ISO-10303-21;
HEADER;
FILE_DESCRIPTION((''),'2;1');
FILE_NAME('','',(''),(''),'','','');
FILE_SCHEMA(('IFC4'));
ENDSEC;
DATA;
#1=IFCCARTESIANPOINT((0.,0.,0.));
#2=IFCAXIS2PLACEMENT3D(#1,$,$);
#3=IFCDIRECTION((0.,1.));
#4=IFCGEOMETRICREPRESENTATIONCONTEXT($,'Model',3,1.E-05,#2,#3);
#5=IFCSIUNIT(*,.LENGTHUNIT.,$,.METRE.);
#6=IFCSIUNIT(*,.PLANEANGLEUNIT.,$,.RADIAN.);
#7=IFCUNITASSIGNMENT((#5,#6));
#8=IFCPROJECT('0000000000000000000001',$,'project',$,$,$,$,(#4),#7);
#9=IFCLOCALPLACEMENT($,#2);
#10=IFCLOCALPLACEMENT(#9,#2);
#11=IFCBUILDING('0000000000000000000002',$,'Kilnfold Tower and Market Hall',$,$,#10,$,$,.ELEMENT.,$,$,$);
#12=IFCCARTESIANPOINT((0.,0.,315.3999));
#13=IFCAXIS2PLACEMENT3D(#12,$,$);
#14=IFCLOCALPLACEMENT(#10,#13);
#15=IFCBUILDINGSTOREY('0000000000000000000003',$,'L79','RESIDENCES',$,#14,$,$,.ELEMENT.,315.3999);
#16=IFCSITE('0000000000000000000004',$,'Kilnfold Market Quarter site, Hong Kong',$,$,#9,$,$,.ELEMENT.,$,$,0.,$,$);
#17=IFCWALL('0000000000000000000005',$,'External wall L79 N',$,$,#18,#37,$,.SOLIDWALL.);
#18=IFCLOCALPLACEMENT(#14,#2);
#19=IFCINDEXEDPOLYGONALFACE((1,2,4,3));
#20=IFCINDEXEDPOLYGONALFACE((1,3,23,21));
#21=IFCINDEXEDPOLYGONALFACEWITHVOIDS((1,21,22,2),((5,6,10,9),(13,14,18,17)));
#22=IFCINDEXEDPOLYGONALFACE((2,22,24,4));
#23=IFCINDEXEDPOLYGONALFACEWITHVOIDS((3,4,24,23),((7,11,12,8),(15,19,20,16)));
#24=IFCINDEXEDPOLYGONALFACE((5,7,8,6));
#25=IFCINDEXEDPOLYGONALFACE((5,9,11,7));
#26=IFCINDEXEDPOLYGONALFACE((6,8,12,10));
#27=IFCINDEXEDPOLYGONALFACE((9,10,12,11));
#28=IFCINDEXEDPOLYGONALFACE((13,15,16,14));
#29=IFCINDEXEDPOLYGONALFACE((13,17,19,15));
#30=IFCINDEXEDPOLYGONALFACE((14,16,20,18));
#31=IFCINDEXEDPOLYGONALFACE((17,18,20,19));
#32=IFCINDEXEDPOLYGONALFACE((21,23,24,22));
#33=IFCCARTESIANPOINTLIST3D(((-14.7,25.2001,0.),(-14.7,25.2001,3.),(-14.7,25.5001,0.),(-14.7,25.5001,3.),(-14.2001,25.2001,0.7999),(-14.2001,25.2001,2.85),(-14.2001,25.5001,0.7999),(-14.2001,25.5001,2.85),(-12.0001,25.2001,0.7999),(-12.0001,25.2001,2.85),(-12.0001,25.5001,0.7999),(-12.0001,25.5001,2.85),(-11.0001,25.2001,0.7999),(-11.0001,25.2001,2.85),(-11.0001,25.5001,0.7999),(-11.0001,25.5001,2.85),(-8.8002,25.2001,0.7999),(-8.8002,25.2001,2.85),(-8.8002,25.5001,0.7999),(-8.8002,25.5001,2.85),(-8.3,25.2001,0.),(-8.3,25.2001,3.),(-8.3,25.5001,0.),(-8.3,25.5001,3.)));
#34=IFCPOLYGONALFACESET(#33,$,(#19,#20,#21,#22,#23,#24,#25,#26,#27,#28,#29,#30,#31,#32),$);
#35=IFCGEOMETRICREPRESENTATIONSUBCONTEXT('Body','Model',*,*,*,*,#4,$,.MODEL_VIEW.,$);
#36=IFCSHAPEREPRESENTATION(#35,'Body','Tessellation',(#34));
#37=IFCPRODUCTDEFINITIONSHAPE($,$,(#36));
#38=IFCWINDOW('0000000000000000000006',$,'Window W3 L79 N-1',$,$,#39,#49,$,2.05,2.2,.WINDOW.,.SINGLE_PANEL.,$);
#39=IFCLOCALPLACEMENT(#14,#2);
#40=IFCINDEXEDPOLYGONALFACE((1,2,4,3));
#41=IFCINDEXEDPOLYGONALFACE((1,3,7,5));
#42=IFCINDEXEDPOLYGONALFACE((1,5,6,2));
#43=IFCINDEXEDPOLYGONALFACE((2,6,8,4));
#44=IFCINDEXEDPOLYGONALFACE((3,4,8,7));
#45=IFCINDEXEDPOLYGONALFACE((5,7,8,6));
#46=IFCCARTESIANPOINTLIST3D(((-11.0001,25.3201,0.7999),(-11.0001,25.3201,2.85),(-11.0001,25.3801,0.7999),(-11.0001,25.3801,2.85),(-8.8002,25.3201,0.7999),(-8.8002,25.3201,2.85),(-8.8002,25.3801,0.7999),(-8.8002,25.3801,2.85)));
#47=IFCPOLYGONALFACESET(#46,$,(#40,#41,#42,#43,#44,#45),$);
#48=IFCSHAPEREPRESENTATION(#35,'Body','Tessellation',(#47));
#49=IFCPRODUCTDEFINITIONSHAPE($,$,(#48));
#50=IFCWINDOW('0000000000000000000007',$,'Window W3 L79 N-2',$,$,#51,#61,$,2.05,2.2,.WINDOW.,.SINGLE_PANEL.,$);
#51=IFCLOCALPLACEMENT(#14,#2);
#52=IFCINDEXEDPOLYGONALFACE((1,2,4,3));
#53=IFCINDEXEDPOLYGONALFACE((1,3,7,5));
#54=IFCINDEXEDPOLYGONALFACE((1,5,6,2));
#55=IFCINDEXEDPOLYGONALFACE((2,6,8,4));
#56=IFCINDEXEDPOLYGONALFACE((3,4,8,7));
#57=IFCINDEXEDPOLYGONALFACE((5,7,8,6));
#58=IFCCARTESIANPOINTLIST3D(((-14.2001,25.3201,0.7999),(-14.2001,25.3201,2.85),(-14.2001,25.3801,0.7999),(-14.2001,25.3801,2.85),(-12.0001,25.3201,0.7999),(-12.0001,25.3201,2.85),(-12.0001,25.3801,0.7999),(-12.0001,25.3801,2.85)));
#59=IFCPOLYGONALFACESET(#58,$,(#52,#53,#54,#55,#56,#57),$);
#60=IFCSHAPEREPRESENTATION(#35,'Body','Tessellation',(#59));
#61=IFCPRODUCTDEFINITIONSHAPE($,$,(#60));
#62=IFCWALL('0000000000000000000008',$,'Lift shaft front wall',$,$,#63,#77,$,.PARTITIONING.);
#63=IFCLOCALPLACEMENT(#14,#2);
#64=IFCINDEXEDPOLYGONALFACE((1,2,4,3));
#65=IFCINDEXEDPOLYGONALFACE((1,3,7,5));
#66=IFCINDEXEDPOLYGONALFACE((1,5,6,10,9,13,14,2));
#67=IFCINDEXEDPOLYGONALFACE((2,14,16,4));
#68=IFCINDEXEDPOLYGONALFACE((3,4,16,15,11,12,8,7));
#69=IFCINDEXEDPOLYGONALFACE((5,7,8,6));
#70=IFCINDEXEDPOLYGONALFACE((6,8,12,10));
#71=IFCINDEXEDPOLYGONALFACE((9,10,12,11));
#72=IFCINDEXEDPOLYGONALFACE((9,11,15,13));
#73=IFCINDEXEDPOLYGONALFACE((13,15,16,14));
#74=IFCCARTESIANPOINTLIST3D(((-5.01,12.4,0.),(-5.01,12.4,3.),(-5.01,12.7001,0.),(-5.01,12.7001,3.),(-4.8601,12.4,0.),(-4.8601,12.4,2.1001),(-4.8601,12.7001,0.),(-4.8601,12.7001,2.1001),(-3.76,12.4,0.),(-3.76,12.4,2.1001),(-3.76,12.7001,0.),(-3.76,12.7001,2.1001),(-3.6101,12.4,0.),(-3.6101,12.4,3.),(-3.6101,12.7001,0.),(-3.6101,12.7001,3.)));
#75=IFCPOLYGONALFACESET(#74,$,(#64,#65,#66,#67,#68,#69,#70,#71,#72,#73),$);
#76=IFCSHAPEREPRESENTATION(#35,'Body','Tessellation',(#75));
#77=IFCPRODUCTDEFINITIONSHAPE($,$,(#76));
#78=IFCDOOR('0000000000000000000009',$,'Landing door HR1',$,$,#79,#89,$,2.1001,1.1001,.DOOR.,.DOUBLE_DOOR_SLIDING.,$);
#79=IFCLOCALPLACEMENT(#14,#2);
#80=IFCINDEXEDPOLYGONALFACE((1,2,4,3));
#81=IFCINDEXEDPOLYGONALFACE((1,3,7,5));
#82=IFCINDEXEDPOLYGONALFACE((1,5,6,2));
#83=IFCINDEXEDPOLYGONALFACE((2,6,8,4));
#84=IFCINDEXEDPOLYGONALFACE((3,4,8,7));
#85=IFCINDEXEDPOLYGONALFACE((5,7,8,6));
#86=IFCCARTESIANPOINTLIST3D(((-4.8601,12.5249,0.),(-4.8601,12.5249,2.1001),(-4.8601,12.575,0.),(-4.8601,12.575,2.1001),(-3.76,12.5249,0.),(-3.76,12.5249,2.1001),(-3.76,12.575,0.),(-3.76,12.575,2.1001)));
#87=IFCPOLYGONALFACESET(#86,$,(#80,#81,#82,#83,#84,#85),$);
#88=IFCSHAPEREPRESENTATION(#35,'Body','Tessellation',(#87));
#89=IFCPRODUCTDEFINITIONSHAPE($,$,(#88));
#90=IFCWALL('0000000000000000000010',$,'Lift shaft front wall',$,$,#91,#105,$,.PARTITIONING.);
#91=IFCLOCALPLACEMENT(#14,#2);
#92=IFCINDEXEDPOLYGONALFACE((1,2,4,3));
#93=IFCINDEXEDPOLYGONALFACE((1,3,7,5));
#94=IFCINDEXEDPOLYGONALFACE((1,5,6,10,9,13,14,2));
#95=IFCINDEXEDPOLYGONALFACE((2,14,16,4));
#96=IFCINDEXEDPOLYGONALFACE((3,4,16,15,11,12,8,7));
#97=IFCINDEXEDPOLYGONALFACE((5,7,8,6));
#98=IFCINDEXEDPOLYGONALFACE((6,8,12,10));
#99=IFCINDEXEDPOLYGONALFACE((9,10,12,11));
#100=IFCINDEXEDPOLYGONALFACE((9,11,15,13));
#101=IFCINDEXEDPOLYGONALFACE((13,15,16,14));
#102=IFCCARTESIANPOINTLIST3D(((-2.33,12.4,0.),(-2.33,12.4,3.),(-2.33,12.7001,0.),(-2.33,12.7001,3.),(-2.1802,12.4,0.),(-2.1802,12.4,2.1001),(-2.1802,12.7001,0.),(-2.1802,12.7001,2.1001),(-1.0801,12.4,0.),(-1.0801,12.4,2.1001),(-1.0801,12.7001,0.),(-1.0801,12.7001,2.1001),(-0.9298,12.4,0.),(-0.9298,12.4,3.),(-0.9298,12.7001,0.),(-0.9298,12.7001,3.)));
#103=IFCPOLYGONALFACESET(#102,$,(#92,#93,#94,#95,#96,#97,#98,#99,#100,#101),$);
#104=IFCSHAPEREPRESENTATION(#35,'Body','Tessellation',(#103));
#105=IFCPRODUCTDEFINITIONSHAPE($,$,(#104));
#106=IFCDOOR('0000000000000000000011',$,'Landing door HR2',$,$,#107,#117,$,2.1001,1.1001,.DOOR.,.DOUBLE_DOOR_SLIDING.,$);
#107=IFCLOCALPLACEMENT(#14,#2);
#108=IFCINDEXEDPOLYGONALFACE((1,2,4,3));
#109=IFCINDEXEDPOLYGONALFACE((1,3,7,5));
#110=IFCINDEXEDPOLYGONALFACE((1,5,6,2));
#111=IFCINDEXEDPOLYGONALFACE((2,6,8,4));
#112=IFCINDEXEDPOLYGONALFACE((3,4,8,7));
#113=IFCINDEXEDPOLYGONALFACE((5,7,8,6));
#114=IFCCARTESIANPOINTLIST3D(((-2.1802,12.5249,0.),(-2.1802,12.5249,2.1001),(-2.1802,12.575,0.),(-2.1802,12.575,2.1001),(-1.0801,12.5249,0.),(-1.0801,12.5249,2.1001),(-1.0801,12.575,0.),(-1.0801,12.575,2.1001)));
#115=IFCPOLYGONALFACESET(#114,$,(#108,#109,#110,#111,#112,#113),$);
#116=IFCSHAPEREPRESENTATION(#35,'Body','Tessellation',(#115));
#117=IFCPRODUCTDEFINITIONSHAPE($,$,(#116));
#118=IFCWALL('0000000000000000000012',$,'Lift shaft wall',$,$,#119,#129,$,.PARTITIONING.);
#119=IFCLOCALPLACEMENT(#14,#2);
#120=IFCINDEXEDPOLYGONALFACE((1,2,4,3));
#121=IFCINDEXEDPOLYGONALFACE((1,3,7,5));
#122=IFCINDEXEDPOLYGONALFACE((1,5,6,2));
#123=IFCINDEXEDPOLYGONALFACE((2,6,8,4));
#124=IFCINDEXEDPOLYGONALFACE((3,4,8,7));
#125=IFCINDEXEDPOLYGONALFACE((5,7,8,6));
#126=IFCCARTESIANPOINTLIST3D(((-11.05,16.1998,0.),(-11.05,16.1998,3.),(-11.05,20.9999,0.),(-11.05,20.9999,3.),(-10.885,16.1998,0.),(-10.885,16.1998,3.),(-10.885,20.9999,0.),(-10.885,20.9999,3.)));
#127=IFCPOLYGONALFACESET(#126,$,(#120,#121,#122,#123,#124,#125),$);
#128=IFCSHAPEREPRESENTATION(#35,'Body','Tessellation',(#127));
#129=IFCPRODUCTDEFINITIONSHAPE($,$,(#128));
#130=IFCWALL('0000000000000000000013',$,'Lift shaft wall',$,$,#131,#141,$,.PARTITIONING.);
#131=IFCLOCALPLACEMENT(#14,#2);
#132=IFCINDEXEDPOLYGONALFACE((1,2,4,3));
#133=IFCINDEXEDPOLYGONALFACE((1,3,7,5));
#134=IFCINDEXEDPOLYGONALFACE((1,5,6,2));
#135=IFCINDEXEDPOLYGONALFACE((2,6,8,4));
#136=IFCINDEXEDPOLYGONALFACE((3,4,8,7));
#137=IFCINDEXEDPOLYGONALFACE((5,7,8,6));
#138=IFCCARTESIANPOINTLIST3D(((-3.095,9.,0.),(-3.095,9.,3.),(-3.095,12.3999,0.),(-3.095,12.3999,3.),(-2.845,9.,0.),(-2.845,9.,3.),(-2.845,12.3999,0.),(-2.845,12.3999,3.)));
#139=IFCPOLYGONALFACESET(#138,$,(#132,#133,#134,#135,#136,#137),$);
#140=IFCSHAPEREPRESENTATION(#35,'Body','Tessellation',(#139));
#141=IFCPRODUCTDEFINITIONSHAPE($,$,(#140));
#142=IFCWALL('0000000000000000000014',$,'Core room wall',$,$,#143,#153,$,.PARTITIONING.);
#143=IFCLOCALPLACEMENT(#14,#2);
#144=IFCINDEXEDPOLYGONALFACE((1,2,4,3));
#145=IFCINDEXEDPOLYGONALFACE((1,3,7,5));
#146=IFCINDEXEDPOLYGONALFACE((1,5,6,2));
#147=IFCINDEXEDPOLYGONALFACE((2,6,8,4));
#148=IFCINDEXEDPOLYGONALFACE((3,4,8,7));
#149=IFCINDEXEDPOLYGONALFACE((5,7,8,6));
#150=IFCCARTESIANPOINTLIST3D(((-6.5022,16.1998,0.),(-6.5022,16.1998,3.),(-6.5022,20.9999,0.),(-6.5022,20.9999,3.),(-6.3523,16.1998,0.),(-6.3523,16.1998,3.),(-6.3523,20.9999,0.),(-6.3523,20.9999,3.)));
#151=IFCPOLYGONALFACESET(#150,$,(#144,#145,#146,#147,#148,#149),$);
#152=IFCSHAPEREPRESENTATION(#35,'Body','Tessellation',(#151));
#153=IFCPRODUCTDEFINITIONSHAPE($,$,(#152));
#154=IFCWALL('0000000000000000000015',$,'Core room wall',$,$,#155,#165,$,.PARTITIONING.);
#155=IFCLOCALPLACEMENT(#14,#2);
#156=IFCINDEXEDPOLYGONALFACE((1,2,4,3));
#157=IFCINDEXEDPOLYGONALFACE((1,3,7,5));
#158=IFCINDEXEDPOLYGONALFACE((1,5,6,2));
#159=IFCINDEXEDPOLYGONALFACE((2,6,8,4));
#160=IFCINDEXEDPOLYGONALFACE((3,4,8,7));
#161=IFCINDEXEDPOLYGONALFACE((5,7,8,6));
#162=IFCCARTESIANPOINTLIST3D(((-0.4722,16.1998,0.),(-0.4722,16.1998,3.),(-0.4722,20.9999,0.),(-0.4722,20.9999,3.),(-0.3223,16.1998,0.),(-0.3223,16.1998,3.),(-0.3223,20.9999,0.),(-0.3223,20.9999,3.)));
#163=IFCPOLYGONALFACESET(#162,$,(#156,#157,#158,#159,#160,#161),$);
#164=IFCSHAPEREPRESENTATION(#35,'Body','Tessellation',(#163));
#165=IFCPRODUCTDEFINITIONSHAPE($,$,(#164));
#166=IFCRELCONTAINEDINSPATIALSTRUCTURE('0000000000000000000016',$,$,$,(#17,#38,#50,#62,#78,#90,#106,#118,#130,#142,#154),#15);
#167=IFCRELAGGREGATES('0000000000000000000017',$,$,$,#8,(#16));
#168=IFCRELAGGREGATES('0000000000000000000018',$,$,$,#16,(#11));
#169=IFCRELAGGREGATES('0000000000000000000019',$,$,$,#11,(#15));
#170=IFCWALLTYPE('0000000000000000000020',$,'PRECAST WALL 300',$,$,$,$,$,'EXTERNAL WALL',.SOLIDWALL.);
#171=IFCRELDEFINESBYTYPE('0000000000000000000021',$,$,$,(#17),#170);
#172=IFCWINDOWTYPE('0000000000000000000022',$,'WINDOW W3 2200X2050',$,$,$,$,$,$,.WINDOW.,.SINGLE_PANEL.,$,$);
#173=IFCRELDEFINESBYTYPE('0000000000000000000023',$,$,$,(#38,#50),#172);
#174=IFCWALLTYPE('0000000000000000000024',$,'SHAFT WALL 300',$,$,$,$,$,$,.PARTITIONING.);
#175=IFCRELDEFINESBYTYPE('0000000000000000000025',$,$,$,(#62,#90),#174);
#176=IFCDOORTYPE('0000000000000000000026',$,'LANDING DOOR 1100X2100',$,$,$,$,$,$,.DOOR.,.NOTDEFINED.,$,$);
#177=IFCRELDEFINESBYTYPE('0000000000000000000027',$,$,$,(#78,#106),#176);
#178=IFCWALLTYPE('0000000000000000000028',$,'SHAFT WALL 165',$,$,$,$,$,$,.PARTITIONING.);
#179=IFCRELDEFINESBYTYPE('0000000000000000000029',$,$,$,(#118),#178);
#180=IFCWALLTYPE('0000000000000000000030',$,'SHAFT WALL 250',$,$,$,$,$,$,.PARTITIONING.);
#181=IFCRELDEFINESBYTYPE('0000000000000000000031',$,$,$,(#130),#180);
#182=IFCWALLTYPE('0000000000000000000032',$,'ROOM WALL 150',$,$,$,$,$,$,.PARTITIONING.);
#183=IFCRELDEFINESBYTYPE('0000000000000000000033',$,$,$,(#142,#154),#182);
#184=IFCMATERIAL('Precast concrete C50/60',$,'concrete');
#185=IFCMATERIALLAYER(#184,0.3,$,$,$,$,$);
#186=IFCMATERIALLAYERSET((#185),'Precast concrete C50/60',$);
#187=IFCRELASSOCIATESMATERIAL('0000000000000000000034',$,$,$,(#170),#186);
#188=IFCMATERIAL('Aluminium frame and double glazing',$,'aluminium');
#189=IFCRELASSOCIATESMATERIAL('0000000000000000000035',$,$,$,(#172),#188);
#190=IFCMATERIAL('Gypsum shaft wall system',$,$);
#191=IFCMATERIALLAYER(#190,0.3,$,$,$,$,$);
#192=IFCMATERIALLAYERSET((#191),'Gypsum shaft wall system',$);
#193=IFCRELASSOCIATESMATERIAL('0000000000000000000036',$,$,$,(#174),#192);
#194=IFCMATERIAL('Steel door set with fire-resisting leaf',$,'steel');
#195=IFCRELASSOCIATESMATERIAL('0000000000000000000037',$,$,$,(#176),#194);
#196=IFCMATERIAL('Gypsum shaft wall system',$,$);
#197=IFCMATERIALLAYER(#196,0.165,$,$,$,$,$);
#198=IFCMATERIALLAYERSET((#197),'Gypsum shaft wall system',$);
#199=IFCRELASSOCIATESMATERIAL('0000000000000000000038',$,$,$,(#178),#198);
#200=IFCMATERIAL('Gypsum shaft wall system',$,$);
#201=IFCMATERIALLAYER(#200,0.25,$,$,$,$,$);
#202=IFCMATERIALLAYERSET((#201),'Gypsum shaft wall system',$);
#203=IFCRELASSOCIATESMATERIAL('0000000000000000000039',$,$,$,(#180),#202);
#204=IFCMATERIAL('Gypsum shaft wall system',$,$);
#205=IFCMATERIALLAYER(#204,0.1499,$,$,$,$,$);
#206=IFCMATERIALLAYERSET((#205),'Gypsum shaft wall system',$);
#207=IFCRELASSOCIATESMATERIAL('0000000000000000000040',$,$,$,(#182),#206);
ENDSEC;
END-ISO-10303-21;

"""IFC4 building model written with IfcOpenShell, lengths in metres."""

from ifc_helpers import new_model, si_unit, direction, frame, frame_2d, origin, place, context, subcontext, project, spatial, rectangle, extrude, source, transform, mapped, material, layer, layer_set, type_object, element, fill, save


model = new_model("IFC4")

# Units and contexts
model_context = context("Model", 3, precision=1e-05, world=origin(), true_north=direction((0.0, 1.0)))
body_context = subcontext(model_context, "Body", "Model", "MODEL_VIEW")
ifc_project = project(units=[si_unit("LENGTHUNIT", "METRE"), si_unit("PLANEANGLEUNIT", "RADIAN")], contexts=[model_context])

# Site, building, storey
site_placement = place(None, origin())
site = spatial("IfcSite", under=ifc_project, at=site_placement, Name="Kilnfold Market Quarter site, Hong Kong", CompositionType="ELEMENT", RefElevation=0.0)
building_placement = place(site_placement, origin())
building = spatial("IfcBuilding", under=site, at=building_placement, Name="Kilnfold Tower and Market Hall", CompositionType="ELEMENT")
storey_placement = place(building_placement, frame((0.0, 0.0, 315.3999)))
storey = spatial("IfcBuildingStorey", under=building, at=storey_placement, Name="L79", Description="RESIDENCES", CompositionType="ELEMENT", Elevation=315.3999)

# Wall, openings, windows
ifc_material_1 = material(Name="Precast concrete C50/60", Category="concrete")
ifc_layer_1 = layer(ifc_material_1, 0.3)
ifc_layer_set_1 = layer_set([ifc_layer_1], Name="Precast concrete C50/60")
wall_type_1 = type_object("IfcWallType", Name="PRECAST WALL 300", ElementType="EXTERNAL WALL", PredefinedType="SOLIDWALL", material=ifc_layer_set_1)
shared_shape_1 = source(origin(), body_context, "Body", "SweptSolid", [
    extrude(rectangle(XDim=6.3999, YDim=0.3, at=frame_2d((3.2, 0.0))), origin(), (0.0, 0.0, 1.0), 3.0),
])
ifc_material_2 = material(Name="Aluminium frame and double glazing", Category="aluminium")
window_type = type_object("IfcWindowType", Name="WINDOW W3 2200X2050", PartitioningType="SINGLE_PANEL", PredefinedType="WINDOW", material=ifc_material_2)
wall_1_placement = place(storey_placement, frame((-8.3, 25.3501, 0.0), z_axis=(0.0, 0.0, 1.0), x_axis=(-1.0, 0.0, 0.0)))
wall_1 = element("IfcWall", 1, at=wall_1_placement, inside=storey, type_object=wall_type_1, Name="External wall L79 N", PredefinedType="SOLIDWALL", context=body_context, shape_type="MappedRepresentation", body=[
    mapped(shared_shape_1, transform((0.0, 0.0, 0.0))),
])
opening_1_placement = place(wall_1_placement, frame((0.5, 0.0, 0.8)))
opening_1 = element("IfcOpeningElement", 2, at=opening_1_placement, cuts=wall_1, PredefinedType="OPENING", context=body_context, shape_type="SweptSolid", body=[
    extrude(rectangle(XDim=2.2, YDim=2.05, at=frame_2d((1.1001, 1.0249))), frame((0.0, 0.1602, 0.0), z_axis=(0.0, -1.0, 0.0), x_axis=(1.0, 0.0, 0.0)), (0.0, 0.0, 1.0), 0.3201),
])
opening_2_placement = place(wall_1_placement, frame((3.7, 0.0, 0.8)))
opening_2 = element("IfcOpeningElement", 3, at=opening_2_placement, cuts=wall_1, PredefinedType="OPENING", context=body_context, shape_type="SweptSolid", body=[
    extrude(rectangle(XDim=2.2, YDim=2.05, at=frame_2d((1.1001, 1.0249))), frame((0.0, 0.1602, 0.0), z_axis=(0.0, -1.0, 0.0), x_axis=(1.0, 0.0, 0.0)), (0.0, 0.0, 1.0), 0.3201),
])
window_1_placement = place(opening_1_placement, origin())
window_1 = element("IfcWindow", 4, at=window_1_placement, inside=storey, type_object=window_type, Name="Window W3 L79 N-1", OverallHeight=2.05, OverallWidth=2.2, PartitioningType="SINGLE_PANEL", PredefinedType="WINDOW", context=body_context, shape_type="SweptSolid", body=[
    extrude(rectangle(XDim=2.2, YDim=2.05, at=frame_2d((1.1001, 1.0249))), frame((0.0, 0.03, 0.0), z_axis=(0.0, -1.0, 0.0), x_axis=(1.0, 0.0, 0.0)), (0.0, 0.0, 1.0), 0.0601),
])
fill(opening_1, window_1)
window_2_placement = place(opening_2_placement, origin())
window_2 = element("IfcWindow", 5, at=window_2_placement, inside=storey, type_object=window_type, Name="Window W3 L79 N-2", OverallHeight=2.05, OverallWidth=2.2, PartitioningType="SINGLE_PANEL", PredefinedType="WINDOW", context=body_context, shape_type="SweptSolid", body=[
    extrude(rectangle(XDim=2.2, YDim=2.05, at=frame_2d((1.1001, 1.0249))), frame((0.0, 0.03, 0.0), z_axis=(0.0, -1.0, 0.0), x_axis=(1.0, 0.0, 0.0)), (0.0, 0.0, 1.0), 0.0601),
])
fill(opening_2, window_2)

# Walls, openings, doors
ifc_material_3 = material(Name="Gypsum shaft wall system")
ifc_layer_2 = layer(ifc_material_3, 0.3)
ifc_layer_set_2 = layer_set([ifc_layer_2], Name="Gypsum shaft wall system")
wall_type_2 = type_object("IfcWallType", Name="SHAFT WALL 300", PredefinedType="PARTITIONING", material=ifc_layer_set_2)
shared_shape_2 = source(origin(), body_context, "Body", "SweptSolid", [
    extrude(rectangle(XDim=1.3999, YDim=0.3, at=frame_2d((0.7, 0.0))), origin(), (0.0, 0.0, 1.0), 3.0),
])
wall_2_placement = place(storey_placement, frame((-5.01, 12.55, 0.0), z_axis=(0.0, 0.0, 1.0), x_axis=(1.0, 0.0, 0.0)))
wall_2 = element("IfcWall", 6, at=wall_2_placement, inside=storey, type_object=wall_type_2, Name="Lift shaft front wall", PredefinedType="PARTITIONING", context=body_context, shape_type="MappedRepresentation", body=[
    mapped(shared_shape_2, transform((0.0, 0.0, 0.0))),
])
opening_3_placement = place(wall_2_placement, frame((0.1499, 0.0, 0.0)))
opening_3 = element("IfcOpeningElement", 7, at=opening_3_placement, cuts=wall_2, PredefinedType="OPENING", context=body_context, shape_type="SweptSolid", body=[
    extrude(rectangle(XDim=1.1001, YDim=2.1001, at=frame_2d((0.55, 1.05))), frame((0.0, 0.1602, 0.0), z_axis=(0.0, -1.0, 0.0), x_axis=(1.0, 0.0, 0.0)), (0.0, 0.0, 1.0), 0.3201),
])
ifc_material_4 = material(Name="Steel door set with fire-resisting leaf", Category="steel")
door_type = type_object("IfcDoorType", Name="LANDING DOOR 1100X2100", OperationType="NOTDEFINED", PredefinedType="DOOR", material=ifc_material_4)
door_1_placement = place(opening_3_placement, origin())
door_1 = element("IfcDoor", 8, at=door_1_placement, inside=storey, type_object=door_type, Name="Landing door HR1", OperationType="DOUBLE_DOOR_SLIDING", OverallHeight=2.1001, OverallWidth=1.1001, PredefinedType="DOOR", context=body_context, shape_type="SweptSolid", body=[
    extrude(rectangle(XDim=1.1001, YDim=2.1001, at=frame_2d((0.55, 1.05))), frame((0.0, 0.0249, 0.0), z_axis=(0.0, -1.0, 0.0), x_axis=(1.0, 0.0, 0.0)), (0.0, 0.0, 1.0), 0.05),
])
fill(opening_3, door_1)
shared_shape_3 = source(origin(), body_context, "Body", "SweptSolid", [
    extrude(rectangle(XDim=1.4001, YDim=0.3, at=frame_2d((0.7002, 0.0))), origin(), (0.0, 0.0, 1.0), 3.0),
])
wall_3_placement = place(storey_placement, frame((-2.3301, 12.55, 0.0), z_axis=(0.0, 0.0, 1.0), x_axis=(1.0, 0.0, 0.0)))
wall_3 = element("IfcWall", 9, at=wall_3_placement, inside=storey, type_object=wall_type_2, Name="Lift shaft front wall", PredefinedType="PARTITIONING", context=body_context, shape_type="MappedRepresentation", body=[
    mapped(shared_shape_3, transform((0.0, 0.0, 0.0))),
])
opening_4_placement = place(wall_3_placement, frame((0.1499, 0.0, 0.0)))
opening_4 = element("IfcOpeningElement", 10, at=opening_4_placement, cuts=wall_3, PredefinedType="OPENING", context=body_context, shape_type="SweptSolid", body=[
    extrude(rectangle(XDim=1.1001, YDim=2.1001, at=frame_2d((0.55, 1.05))), frame((0.0, 0.1602, 0.0), z_axis=(0.0, -1.0, 0.0), x_axis=(1.0, 0.0, 0.0)), (0.0, 0.0, 1.0), 0.3201),
])
door_2_placement = place(opening_4_placement, origin())
door_2 = element("IfcDoor", 11, at=door_2_placement, inside=storey, type_object=door_type, Name="Landing door HR2", OperationType="DOUBLE_DOOR_SLIDING", OverallHeight=2.1001, OverallWidth=1.1001, PredefinedType="DOOR", context=body_context, shape_type="SweptSolid", body=[
    extrude(rectangle(XDim=1.1001, YDim=2.1001, at=frame_2d((0.55, 1.05))), frame((0.0, 0.0249, 0.0), z_axis=(0.0, -1.0, 0.0), x_axis=(1.0, 0.0, 0.0)), (0.0, 0.0, 1.0), 0.05),
])
fill(opening_4, door_2)

# Walls
ifc_material_5 = material(Name="Gypsum shaft wall system")
ifc_layer_3 = layer(ifc_material_5, 0.165)
ifc_layer_set_3 = layer_set([ifc_layer_3], Name="Gypsum shaft wall system")
wall_type_3 = type_object("IfcWallType", Name="SHAFT WALL 165", PredefinedType="PARTITIONING", material=ifc_layer_set_3)
shared_shape_4 = source(origin(), body_context, "Body", "SweptSolid", [
    extrude(rectangle(XDim=4.8, YDim=0.165, at=frame_2d((2.3999, 0.0))), origin(), (0.0, 0.0, 1.0), 3.0),
])
wall_4_placement = place(storey_placement, frame((-10.9675, 16.2, 0.0), z_axis=(0.0, 0.0, 1.0), x_axis=(0.0, 1.0, 0.0)))
element("IfcWall", 12, at=wall_4_placement, inside=storey, type_object=wall_type_3, Name="Lift shaft wall", PredefinedType="PARTITIONING", context=body_context, shape_type="MappedRepresentation", body=[
    mapped(shared_shape_4, transform((0.0, 0.0, 0.0))),
])
ifc_material_6 = material(Name="Gypsum shaft wall system")
ifc_layer_4 = layer(ifc_material_6, 0.25)
ifc_layer_set_4 = layer_set([ifc_layer_4], Name="Gypsum shaft wall system")
wall_type_4 = type_object("IfcWallType", Name="SHAFT WALL 250", PredefinedType="PARTITIONING", material=ifc_layer_set_4)
shared_shape_5 = source(origin(), body_context, "Body", "SweptSolid", [
    extrude(rectangle(XDim=3.3999, YDim=0.25, at=frame_2d((1.7, 0.0))), origin(), (0.0, 0.0, 1.0), 3.0),
])
wall_5_placement = place(storey_placement, frame((-2.97, 9.0, 0.0), z_axis=(0.0, 0.0, 1.0), x_axis=(0.0, 1.0, 0.0)))
element("IfcWall", 13, at=wall_5_placement, inside=storey, type_object=wall_type_4, Name="Lift shaft wall", PredefinedType="PARTITIONING", context=body_context, shape_type="MappedRepresentation", body=[
    mapped(shared_shape_5, transform((0.0, 0.0, 0.0))),
])
ifc_material_7 = material(Name="Gypsum shaft wall system")
ifc_layer_5 = layer(ifc_material_7, 0.1499)
ifc_layer_set_5 = layer_set([ifc_layer_5], Name="Gypsum shaft wall system")
wall_type_5 = type_object("IfcWallType", Name="ROOM WALL 150", PredefinedType="PARTITIONING", material=ifc_layer_set_5)
shared_shape_6 = source(origin(), body_context, "Body", "SweptSolid", [
    extrude(rectangle(XDim=4.8, YDim=0.1499, at=frame_2d((2.3999, 0.0))), origin(), (0.0, 0.0, 1.0), 3.0),
])
for number, where, z_axis, x_axis, name in (
    (14, (-6.4272, 16.2, 0.0), (0.0, 0.0, 1.0), (0.0, 1.0, 0.0), "Core room wall"),
    (15, (-0.3972, 16.2, 0.0), (0.0, 0.0, 1.0), (0.0, 1.0, 0.0), "Core room wall"),
):
    element("IfcWall", number, at=place(storey_placement, frame(where, z_axis=z_axis, x_axis=x_axis)), inside=storey, type_object=wall_type_5, Name=name, PredefinedType="PARTITIONING", context=body_context, shape_type="MappedRepresentation", body=[
        mapped(shared_shape_6, transform((0.0, 0.0, 0.0))),
    ])

save(model, "model.ifc")
